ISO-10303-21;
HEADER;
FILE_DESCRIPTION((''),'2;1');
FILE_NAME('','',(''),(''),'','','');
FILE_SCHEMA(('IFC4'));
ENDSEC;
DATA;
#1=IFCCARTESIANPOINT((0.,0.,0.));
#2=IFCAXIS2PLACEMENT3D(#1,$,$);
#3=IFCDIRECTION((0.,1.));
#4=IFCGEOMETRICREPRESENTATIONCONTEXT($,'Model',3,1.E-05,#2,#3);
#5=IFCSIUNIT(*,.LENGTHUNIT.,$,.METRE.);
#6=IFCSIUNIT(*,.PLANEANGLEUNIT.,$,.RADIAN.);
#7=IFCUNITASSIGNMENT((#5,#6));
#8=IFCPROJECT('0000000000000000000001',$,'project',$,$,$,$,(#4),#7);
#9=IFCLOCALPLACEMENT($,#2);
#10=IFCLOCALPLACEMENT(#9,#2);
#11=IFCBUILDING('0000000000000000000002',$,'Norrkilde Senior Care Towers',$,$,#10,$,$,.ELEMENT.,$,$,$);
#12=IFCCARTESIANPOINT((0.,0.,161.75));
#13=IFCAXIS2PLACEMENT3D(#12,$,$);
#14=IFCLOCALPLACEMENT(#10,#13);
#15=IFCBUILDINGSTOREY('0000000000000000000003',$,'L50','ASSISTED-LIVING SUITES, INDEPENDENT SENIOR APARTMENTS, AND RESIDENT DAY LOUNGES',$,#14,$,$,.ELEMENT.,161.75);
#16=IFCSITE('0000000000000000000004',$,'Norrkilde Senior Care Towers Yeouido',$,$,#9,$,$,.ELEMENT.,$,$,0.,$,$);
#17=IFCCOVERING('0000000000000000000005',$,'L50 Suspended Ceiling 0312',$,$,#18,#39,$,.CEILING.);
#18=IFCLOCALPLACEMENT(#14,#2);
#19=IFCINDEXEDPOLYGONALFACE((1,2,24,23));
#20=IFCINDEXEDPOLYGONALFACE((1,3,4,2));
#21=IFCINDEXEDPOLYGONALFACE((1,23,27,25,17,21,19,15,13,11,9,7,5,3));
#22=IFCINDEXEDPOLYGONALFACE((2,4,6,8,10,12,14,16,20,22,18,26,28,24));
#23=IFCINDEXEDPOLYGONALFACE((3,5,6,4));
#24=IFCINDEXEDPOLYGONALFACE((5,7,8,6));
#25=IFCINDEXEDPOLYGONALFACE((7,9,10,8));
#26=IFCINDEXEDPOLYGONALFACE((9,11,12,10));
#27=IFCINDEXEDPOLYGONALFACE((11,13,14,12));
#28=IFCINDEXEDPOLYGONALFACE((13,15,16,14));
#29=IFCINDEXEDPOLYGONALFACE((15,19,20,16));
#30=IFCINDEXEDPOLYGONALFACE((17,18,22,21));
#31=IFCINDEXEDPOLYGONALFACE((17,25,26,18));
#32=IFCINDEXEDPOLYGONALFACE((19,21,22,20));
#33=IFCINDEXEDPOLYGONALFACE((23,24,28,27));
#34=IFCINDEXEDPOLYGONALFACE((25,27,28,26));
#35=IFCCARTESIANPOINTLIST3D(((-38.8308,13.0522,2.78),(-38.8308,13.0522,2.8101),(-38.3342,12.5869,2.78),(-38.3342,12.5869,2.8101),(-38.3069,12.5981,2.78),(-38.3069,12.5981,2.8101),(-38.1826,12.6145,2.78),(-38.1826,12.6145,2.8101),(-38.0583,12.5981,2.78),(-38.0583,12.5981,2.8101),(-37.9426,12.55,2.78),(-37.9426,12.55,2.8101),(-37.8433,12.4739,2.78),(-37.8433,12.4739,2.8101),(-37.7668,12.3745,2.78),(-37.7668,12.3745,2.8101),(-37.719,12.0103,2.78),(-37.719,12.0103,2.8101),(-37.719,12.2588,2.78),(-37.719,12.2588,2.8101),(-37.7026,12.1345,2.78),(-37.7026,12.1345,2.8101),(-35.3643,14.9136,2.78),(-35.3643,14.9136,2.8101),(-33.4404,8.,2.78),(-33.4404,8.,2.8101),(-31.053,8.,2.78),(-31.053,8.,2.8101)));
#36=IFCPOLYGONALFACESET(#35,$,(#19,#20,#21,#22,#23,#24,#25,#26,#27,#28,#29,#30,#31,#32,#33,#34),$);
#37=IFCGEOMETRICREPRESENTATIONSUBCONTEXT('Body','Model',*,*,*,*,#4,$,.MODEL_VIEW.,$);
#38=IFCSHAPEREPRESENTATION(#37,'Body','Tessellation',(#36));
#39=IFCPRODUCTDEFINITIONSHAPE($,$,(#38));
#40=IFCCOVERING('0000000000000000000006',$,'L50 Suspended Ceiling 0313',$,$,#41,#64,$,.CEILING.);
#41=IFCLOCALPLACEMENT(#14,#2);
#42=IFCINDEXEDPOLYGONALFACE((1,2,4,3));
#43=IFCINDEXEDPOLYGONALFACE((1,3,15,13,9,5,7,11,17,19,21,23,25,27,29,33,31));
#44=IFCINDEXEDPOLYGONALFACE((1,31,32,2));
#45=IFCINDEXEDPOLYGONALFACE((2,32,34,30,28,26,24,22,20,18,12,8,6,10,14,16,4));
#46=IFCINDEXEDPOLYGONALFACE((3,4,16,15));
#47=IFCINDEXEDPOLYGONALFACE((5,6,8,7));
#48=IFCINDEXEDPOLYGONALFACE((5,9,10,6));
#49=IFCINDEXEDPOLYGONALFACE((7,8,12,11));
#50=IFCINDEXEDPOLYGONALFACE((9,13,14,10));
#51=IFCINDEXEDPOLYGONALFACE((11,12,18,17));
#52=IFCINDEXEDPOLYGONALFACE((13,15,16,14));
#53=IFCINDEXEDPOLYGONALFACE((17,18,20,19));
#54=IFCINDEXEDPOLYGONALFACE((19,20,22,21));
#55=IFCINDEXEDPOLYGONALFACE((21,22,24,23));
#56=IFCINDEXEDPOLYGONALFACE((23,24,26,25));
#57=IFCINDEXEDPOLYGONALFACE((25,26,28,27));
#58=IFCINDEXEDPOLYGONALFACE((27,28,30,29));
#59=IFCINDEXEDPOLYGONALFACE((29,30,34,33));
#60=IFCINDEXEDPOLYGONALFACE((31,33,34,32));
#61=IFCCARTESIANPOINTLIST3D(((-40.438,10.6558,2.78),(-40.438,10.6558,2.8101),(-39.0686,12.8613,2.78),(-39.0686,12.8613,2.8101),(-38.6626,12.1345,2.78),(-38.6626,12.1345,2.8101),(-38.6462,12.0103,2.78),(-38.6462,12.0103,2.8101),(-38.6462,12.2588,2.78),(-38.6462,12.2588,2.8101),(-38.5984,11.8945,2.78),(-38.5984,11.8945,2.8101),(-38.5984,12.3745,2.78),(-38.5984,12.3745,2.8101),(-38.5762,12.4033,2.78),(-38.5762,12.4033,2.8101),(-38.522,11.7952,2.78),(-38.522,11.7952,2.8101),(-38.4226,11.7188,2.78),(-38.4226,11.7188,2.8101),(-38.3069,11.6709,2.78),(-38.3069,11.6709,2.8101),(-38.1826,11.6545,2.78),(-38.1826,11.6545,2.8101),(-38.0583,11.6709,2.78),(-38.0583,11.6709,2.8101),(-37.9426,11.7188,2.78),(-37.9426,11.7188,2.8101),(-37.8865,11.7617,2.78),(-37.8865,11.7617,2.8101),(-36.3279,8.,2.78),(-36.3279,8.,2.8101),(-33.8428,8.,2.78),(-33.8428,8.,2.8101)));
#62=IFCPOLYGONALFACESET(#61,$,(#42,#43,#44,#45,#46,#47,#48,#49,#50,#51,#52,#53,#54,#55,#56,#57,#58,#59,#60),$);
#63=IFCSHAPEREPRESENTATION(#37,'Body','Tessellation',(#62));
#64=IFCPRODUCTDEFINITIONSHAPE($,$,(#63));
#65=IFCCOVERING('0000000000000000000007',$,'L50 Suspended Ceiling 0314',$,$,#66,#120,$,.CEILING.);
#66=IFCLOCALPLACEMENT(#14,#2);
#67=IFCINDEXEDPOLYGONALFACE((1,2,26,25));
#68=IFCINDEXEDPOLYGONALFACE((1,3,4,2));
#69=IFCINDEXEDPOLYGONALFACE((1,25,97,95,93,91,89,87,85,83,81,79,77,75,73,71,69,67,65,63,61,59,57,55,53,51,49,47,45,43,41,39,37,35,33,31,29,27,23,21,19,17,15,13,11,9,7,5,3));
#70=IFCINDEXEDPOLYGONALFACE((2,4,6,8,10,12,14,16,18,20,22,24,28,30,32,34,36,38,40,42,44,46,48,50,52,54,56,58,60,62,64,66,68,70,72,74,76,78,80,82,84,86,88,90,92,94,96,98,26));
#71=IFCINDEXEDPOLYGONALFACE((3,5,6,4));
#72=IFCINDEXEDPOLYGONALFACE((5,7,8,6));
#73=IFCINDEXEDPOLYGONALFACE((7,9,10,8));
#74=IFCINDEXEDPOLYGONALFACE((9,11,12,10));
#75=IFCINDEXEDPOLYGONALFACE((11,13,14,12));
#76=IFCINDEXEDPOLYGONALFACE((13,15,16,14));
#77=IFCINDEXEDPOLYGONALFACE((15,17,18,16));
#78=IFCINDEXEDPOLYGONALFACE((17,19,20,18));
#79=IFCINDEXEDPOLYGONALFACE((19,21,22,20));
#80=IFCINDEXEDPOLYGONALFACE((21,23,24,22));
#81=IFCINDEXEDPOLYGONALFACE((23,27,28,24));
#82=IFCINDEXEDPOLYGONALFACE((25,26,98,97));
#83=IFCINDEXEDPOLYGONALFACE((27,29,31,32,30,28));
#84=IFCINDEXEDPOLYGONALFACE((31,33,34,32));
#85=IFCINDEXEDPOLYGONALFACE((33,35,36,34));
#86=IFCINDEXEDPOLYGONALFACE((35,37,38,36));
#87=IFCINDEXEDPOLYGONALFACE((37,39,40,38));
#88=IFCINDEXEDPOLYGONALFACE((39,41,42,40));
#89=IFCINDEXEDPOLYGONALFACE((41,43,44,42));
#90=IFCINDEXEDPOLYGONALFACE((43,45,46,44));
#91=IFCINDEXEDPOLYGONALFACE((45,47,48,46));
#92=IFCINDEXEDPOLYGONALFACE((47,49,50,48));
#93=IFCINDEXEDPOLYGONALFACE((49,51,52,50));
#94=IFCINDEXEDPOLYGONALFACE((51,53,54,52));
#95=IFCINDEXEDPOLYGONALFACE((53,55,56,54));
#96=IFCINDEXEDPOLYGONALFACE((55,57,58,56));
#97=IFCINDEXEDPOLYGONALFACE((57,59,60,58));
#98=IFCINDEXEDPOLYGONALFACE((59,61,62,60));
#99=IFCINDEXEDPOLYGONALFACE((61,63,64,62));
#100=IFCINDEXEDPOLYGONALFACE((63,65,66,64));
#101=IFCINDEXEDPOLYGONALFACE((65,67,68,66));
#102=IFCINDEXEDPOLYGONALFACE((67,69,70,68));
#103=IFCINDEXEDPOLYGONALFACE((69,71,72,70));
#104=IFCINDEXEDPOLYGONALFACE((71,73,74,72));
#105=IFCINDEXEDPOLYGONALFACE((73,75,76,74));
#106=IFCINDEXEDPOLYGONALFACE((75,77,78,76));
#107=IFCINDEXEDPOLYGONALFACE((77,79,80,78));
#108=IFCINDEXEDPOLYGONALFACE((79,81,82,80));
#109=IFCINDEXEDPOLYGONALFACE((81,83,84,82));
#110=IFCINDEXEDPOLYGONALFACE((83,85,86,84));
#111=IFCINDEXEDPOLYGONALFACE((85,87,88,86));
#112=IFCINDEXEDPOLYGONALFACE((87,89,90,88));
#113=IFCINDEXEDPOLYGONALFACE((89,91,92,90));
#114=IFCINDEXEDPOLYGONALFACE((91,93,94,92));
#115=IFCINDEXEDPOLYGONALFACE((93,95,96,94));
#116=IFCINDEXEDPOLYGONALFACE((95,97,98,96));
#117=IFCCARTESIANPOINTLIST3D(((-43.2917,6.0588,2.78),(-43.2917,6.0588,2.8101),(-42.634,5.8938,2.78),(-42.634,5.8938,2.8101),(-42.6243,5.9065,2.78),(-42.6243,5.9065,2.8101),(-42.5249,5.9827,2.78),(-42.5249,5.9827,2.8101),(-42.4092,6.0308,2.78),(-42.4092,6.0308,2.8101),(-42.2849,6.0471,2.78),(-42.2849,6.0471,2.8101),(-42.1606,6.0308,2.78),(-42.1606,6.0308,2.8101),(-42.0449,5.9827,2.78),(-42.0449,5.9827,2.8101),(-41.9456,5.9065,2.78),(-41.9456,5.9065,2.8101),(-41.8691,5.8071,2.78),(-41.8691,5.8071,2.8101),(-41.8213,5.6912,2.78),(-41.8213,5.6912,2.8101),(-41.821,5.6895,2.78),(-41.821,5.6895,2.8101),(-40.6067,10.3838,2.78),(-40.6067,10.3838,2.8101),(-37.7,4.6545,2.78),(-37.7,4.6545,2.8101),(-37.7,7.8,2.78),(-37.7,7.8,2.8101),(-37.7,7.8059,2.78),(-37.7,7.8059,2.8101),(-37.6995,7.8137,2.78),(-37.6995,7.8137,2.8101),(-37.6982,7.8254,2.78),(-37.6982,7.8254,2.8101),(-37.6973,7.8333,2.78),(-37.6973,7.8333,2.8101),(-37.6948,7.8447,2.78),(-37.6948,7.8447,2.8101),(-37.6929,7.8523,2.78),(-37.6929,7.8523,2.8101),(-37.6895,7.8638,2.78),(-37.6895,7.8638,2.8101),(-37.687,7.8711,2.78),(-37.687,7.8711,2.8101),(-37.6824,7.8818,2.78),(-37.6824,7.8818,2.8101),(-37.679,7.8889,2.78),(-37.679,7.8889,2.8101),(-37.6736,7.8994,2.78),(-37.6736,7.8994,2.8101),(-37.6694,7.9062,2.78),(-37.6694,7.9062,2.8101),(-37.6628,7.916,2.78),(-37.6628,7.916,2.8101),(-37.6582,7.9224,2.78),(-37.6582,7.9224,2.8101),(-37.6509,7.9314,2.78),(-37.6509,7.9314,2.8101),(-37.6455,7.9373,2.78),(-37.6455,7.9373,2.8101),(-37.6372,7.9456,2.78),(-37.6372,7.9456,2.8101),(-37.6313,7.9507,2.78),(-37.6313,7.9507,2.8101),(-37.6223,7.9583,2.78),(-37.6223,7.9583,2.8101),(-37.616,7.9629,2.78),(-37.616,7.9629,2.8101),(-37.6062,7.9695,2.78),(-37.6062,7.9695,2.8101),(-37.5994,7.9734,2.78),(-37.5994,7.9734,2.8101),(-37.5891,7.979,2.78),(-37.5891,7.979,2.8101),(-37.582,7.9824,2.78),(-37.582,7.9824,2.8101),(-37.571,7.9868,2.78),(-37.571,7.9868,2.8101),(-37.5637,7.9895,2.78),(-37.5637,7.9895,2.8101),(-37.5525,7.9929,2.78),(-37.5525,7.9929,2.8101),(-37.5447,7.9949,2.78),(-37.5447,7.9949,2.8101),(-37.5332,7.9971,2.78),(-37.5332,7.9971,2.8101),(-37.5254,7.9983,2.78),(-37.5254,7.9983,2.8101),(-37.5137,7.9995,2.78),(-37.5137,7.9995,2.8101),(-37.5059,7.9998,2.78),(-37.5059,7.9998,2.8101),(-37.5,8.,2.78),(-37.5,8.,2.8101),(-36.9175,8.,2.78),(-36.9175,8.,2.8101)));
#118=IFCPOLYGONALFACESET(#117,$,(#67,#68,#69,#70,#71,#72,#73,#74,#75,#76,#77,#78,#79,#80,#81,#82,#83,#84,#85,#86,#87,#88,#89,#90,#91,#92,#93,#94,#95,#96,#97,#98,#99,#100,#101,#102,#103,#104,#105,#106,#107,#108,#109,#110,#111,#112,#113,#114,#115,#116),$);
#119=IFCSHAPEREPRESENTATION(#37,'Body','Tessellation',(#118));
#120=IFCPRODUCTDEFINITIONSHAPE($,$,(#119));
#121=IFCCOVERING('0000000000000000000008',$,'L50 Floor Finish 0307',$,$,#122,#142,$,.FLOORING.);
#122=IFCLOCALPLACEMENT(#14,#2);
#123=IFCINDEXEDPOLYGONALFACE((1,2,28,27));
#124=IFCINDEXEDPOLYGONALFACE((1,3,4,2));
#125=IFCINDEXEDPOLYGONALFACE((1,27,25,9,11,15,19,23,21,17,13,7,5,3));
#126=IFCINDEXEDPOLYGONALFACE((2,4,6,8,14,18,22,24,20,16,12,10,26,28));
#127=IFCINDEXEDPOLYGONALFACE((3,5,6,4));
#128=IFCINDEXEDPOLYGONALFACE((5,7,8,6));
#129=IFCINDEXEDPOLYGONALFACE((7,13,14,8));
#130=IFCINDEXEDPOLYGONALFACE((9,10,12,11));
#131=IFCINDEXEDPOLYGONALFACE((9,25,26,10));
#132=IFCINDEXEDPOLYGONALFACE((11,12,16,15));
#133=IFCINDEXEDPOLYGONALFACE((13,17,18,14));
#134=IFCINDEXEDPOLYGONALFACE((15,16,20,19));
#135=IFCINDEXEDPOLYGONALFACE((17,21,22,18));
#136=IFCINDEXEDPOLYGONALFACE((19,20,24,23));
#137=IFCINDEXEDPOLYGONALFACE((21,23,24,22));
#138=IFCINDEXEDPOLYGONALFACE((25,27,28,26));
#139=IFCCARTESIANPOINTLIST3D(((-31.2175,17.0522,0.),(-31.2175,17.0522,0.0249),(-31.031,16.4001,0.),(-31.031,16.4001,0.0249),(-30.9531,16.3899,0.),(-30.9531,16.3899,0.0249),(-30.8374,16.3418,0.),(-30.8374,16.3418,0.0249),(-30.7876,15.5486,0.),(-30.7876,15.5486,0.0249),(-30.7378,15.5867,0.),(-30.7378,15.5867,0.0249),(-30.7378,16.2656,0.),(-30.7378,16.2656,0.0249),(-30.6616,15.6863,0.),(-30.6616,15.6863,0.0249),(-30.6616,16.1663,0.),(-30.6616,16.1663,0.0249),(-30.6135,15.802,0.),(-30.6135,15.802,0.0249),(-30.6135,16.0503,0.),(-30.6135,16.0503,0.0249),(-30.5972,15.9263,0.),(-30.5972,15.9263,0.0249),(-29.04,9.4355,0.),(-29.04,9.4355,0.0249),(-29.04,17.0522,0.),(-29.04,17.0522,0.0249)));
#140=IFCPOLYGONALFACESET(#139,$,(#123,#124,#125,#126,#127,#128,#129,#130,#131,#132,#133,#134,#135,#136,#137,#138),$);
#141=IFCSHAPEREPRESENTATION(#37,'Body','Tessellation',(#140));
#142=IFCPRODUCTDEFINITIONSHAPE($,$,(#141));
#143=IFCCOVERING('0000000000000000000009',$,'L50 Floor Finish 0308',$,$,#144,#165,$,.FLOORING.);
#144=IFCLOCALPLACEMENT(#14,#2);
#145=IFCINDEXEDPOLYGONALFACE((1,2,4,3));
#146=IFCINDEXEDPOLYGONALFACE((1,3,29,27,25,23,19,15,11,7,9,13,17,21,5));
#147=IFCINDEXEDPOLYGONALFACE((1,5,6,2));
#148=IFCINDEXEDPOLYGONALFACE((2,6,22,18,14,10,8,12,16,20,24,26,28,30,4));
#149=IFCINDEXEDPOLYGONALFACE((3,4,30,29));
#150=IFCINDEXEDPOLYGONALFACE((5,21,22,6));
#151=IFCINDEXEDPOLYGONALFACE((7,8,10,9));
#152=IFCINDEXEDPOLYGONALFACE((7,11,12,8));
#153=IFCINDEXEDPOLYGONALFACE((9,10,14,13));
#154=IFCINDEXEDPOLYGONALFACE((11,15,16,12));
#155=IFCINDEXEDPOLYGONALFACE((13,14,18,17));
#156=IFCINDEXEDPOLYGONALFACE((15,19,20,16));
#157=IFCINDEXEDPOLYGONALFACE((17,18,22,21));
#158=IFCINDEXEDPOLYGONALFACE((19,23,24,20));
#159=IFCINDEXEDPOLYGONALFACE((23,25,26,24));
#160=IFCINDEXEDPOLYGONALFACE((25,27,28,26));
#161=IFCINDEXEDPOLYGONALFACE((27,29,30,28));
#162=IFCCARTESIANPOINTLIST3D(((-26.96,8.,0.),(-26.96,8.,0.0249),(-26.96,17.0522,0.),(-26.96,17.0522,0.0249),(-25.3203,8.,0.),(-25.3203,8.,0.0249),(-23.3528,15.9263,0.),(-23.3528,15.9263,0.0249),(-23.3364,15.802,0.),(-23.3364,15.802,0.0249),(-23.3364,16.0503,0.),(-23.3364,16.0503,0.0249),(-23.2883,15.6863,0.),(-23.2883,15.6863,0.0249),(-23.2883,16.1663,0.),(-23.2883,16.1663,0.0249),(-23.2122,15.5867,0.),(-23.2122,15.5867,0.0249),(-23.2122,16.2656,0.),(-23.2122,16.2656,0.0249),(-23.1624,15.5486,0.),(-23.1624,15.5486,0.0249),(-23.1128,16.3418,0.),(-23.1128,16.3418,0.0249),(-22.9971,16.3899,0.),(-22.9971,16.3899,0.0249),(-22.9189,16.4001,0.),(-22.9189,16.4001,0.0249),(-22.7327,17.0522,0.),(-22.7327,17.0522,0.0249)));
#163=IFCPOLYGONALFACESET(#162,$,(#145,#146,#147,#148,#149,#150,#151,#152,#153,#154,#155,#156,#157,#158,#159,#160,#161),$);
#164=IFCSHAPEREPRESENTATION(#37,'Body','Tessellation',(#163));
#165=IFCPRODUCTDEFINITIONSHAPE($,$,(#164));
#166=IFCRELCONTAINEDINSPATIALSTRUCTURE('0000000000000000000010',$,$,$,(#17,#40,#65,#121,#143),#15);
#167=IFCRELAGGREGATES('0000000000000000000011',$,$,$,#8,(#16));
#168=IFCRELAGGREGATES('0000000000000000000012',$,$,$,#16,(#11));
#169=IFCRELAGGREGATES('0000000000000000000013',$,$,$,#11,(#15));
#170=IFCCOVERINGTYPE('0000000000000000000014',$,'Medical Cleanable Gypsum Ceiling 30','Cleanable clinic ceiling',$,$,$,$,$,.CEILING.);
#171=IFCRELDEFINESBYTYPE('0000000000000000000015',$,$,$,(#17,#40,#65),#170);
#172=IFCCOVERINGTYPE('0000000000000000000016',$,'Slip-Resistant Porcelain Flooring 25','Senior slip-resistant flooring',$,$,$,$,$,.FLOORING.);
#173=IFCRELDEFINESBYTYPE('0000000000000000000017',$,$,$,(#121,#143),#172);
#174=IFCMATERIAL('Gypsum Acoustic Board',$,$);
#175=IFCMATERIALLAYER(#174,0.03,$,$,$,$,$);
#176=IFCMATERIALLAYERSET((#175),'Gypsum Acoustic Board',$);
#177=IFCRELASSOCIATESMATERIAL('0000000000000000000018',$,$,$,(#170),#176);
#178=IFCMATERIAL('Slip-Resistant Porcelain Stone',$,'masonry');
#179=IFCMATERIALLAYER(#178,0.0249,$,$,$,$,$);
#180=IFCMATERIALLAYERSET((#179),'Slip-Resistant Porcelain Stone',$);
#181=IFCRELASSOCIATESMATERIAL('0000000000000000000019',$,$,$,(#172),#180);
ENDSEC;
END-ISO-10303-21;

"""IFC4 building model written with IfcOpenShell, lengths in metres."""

from ifc_helpers import new_model, si_unit, direction, frame, origin, place, context, subcontext, project, spatial, polyline, outline, extrude, material, layer, layer_set, type_object, element, save


model = new_model("IFC4")

# Units and contexts
model_context = context("Model", 3, precision=1e-05, world=origin(), true_north=direction((0.0, 1.0)))
body_context = subcontext(model_context, "Body", "Model", "MODEL_VIEW")
ifc_project = project(units=[si_unit("LENGTHUNIT", "METRE"), si_unit("PLANEANGLEUNIT", "RADIAN")], contexts=[model_context])

# Site, building, storey
site_placement = place(None, origin())
site = spatial("IfcSite", under=ifc_project, at=site_placement, Name="Norrkilde Senior Care Towers Yeouido", CompositionType="ELEMENT", RefElevation=0.0)
building_placement = place(site_placement, origin())
building = spatial("IfcBuilding", under=site, at=building_placement, Name="Norrkilde Senior Care Towers", CompositionType="ELEMENT")
storey_placement = place(building_placement, frame((0.0, 0.0, 161.75)))
storey = spatial("IfcBuildingStorey", under=building, at=storey_placement, Name="L50", Description="ASSISTED-LIVING SUITES, INDEPENDENT SENIOR APARTMENTS, AND RESIDENT DAY LOUNGES", CompositionType="ELEMENT", Elevation=161.75)

# Coverings
ifc_material_1 = material(Name="Gypsum Acoustic Board")
ifc_layer_1 = layer(ifc_material_1, 0.03)
ifc_layer_set_1 = layer_set([ifc_layer_1], Name="Gypsum Acoustic Board")
covering_type_1 = type_object("IfcCoveringType", Name="Medical Cleanable Gypsum Ceiling 30", Description="Cleanable clinic ceiling", PredefinedType="CEILING", material=ifc_layer_set_1)
covering_1_placement = place(storey_placement, frame((0.0, 0.0, 2.78)))
element("IfcCovering", 1, at=covering_1_placement, inside=storey, type_object=covering_type_1, Name="L50 Suspended Ceiling 0312", PredefinedType="CEILING", context=body_context, shape_type="SweptSolid", body=[
    extrude(outline(polyline([(-33.4404, 8.0), (-37.719, 12.0103), (-37.719, 12.0103), (-37.7026, 12.1345), (-37.719, 12.2588), (-37.7668, 12.3745), (-37.8433, 12.4739), (-37.9426, 12.55), (-38.0583, 12.5981), (-38.1826, 12.6145), (-38.3069, 12.5981), (-38.3342, 12.5869), (-38.8308, 13.0522), (-35.3643, 14.9136), (-31.053, 8.0), (-33.4404, 8.0)])), origin(), (0.0, 0.0, 1.0), 0.03),
])
covering_2_placement = place(storey_placement, frame((0.0, 0.0, 2.78)))
element("IfcCovering", 2, at=covering_2_placement, inside=storey, type_object=covering_type_1, Name="L50 Suspended Ceiling 0313", PredefinedType="CEILING", context=body_context, shape_type="SweptSolid", body=[
    extrude(outline(polyline([(-38.5762, 12.4033), (-38.5984, 12.3745), (-38.6462, 12.2588), (-38.6626, 12.1345), (-38.6462, 12.0103), (-38.5984, 11.8945), (-38.522, 11.7952), (-38.4226, 11.7188), (-38.3069, 11.6709), (-38.1826, 11.6545), (-38.0583, 11.6709), (-37.9426, 11.7188), (-37.8865, 11.7617), (-33.8428, 8.0), (-36.3279, 8.0), (-40.438, 10.6558), (-39.0686, 12.8613), (-38.5762, 12.4033)])), origin(), (0.0, 0.0, 1.0), 0.03),
])
covering_3_placement = place(storey_placement, frame((0.0, 0.0, 2.78)))
element("IfcCovering", 3, at=covering_3_placement, inside=storey, type_object=covering_type_1, Name="L50 Suspended Ceiling 0314", PredefinedType="CEILING", context=body_context, shape_type="SweptSolid", body=[
    extrude(outline(polyline([(-37.5525, 7.9929), (-37.5637, 7.9895), (-37.571, 7.9868), (-37.582, 7.9824), (-37.5891, 7.979), (-37.5994, 7.9734), (-37.6062, 7.9695), (-37.616, 7.9629), (-37.6223, 7.9583), (-37.6313, 7.9507), (-37.6372, 7.9456), (-37.6455, 7.9373), (-37.6509, 7.9314), (-37.6582, 7.9224), (-37.6628, 7.916), (-37.6694, 7.9062), (-37.6736, 7.8994), (-37.679, 7.8889), (-37.6824, 7.8818), (-37.687, 7.8711), (-37.6895, 7.8638), (-37.6929, 7.8523), (-37.6948, 7.8447), (-37.6973, 7.8333), (-37.6982, 7.8254), (-37.6995, 7.8137), (-37.7, 7.8059), (-37.7, 7.8), (-37.7, 4.6545), (-41.821, 5.6895), (-41.8213, 5.6912), (-41.8691, 5.8071), (-41.9456, 5.9065), (-42.0449, 5.9827), (-42.1606, 6.0308), (-42.2849, 6.0471), (-42.4092, 6.0308), (-42.5249, 5.9827), (-42.6243, 5.9065), (-42.634, 5.8938), (-43.2917, 6.0588), (-40.6067, 10.3838), (-36.9175, 8.0), (-37.5, 8.0), (-37.5059, 7.9998), (-37.5137, 7.9995), (-37.5254, 7.9983), (-37.5332, 7.9971), (-37.5447, 7.9949), (-37.5525, 7.9929)])), origin(), (0.0, 0.0, 1.0), 0.03),
])
ifc_material_2 = material(Name="Slip-Resistant Porcelain Stone", Category="masonry")
ifc_layer_2 = layer(ifc_material_2, 0.0249)
ifc_layer_set_2 = layer_set([ifc_layer_2], Name="Slip-Resistant Porcelain Stone")
covering_type_2 = type_object("IfcCoveringType", Name="Slip-Resistant Porcelain Flooring 25", Description="Senior slip-resistant flooring", PredefinedType="FLOORING", material=ifc_layer_set_2)
covering_4_placement = place(storey_placement, origin())
element("IfcCovering", 4, at=covering_4_placement, inside=storey, type_object=covering_type_2, Name="L50 Floor Finish 0307", PredefinedType="FLOORING", context=body_context, shape_type="SweptSolid", body=[
    extrude(outline(polyline([(-30.7876, 15.5486), (-30.7378, 15.5867), (-30.6616, 15.6863), (-30.6135, 15.802), (-30.5972, 15.9263), (-30.6135, 16.0503), (-30.6616, 16.1663), (-30.7378, 16.2656), (-30.8374, 16.3418), (-30.9531, 16.3899), (-31.031, 16.4001), (-31.2175, 17.0522), (-29.04, 17.0522), (-29.04, 9.4355), (-30.7876, 15.5486)])), origin(), (0.0, 0.0, 1.0), 0.0249),
])
covering_5_placement = place(storey_placement, origin())
element("IfcCovering", 5, at=covering_5_placement, inside=storey, type_object=covering_type_2, Name="L50 Floor Finish 0308", PredefinedType="FLOORING", context=body_context, shape_type="SweptSolid", body=[
    extrude(outline(polyline([(-22.7327, 17.0522), (-22.9189, 16.4001), (-22.9971, 16.3899), (-23.1128, 16.3418), (-23.2122, 16.2656), (-23.2883, 16.1663), (-23.3364, 16.0503), (-23.3528, 15.9263), (-23.3364, 15.802), (-23.2883, 15.6863), (-23.2122, 15.5867), (-23.1624, 15.5486), (-25.3203, 8.0), (-26.96, 8.0), (-26.96, 17.0522), (-22.7327, 17.0522)])), origin(), (0.0, 0.0, 1.0), 0.0249),
])

save(model, "model.ifc")
